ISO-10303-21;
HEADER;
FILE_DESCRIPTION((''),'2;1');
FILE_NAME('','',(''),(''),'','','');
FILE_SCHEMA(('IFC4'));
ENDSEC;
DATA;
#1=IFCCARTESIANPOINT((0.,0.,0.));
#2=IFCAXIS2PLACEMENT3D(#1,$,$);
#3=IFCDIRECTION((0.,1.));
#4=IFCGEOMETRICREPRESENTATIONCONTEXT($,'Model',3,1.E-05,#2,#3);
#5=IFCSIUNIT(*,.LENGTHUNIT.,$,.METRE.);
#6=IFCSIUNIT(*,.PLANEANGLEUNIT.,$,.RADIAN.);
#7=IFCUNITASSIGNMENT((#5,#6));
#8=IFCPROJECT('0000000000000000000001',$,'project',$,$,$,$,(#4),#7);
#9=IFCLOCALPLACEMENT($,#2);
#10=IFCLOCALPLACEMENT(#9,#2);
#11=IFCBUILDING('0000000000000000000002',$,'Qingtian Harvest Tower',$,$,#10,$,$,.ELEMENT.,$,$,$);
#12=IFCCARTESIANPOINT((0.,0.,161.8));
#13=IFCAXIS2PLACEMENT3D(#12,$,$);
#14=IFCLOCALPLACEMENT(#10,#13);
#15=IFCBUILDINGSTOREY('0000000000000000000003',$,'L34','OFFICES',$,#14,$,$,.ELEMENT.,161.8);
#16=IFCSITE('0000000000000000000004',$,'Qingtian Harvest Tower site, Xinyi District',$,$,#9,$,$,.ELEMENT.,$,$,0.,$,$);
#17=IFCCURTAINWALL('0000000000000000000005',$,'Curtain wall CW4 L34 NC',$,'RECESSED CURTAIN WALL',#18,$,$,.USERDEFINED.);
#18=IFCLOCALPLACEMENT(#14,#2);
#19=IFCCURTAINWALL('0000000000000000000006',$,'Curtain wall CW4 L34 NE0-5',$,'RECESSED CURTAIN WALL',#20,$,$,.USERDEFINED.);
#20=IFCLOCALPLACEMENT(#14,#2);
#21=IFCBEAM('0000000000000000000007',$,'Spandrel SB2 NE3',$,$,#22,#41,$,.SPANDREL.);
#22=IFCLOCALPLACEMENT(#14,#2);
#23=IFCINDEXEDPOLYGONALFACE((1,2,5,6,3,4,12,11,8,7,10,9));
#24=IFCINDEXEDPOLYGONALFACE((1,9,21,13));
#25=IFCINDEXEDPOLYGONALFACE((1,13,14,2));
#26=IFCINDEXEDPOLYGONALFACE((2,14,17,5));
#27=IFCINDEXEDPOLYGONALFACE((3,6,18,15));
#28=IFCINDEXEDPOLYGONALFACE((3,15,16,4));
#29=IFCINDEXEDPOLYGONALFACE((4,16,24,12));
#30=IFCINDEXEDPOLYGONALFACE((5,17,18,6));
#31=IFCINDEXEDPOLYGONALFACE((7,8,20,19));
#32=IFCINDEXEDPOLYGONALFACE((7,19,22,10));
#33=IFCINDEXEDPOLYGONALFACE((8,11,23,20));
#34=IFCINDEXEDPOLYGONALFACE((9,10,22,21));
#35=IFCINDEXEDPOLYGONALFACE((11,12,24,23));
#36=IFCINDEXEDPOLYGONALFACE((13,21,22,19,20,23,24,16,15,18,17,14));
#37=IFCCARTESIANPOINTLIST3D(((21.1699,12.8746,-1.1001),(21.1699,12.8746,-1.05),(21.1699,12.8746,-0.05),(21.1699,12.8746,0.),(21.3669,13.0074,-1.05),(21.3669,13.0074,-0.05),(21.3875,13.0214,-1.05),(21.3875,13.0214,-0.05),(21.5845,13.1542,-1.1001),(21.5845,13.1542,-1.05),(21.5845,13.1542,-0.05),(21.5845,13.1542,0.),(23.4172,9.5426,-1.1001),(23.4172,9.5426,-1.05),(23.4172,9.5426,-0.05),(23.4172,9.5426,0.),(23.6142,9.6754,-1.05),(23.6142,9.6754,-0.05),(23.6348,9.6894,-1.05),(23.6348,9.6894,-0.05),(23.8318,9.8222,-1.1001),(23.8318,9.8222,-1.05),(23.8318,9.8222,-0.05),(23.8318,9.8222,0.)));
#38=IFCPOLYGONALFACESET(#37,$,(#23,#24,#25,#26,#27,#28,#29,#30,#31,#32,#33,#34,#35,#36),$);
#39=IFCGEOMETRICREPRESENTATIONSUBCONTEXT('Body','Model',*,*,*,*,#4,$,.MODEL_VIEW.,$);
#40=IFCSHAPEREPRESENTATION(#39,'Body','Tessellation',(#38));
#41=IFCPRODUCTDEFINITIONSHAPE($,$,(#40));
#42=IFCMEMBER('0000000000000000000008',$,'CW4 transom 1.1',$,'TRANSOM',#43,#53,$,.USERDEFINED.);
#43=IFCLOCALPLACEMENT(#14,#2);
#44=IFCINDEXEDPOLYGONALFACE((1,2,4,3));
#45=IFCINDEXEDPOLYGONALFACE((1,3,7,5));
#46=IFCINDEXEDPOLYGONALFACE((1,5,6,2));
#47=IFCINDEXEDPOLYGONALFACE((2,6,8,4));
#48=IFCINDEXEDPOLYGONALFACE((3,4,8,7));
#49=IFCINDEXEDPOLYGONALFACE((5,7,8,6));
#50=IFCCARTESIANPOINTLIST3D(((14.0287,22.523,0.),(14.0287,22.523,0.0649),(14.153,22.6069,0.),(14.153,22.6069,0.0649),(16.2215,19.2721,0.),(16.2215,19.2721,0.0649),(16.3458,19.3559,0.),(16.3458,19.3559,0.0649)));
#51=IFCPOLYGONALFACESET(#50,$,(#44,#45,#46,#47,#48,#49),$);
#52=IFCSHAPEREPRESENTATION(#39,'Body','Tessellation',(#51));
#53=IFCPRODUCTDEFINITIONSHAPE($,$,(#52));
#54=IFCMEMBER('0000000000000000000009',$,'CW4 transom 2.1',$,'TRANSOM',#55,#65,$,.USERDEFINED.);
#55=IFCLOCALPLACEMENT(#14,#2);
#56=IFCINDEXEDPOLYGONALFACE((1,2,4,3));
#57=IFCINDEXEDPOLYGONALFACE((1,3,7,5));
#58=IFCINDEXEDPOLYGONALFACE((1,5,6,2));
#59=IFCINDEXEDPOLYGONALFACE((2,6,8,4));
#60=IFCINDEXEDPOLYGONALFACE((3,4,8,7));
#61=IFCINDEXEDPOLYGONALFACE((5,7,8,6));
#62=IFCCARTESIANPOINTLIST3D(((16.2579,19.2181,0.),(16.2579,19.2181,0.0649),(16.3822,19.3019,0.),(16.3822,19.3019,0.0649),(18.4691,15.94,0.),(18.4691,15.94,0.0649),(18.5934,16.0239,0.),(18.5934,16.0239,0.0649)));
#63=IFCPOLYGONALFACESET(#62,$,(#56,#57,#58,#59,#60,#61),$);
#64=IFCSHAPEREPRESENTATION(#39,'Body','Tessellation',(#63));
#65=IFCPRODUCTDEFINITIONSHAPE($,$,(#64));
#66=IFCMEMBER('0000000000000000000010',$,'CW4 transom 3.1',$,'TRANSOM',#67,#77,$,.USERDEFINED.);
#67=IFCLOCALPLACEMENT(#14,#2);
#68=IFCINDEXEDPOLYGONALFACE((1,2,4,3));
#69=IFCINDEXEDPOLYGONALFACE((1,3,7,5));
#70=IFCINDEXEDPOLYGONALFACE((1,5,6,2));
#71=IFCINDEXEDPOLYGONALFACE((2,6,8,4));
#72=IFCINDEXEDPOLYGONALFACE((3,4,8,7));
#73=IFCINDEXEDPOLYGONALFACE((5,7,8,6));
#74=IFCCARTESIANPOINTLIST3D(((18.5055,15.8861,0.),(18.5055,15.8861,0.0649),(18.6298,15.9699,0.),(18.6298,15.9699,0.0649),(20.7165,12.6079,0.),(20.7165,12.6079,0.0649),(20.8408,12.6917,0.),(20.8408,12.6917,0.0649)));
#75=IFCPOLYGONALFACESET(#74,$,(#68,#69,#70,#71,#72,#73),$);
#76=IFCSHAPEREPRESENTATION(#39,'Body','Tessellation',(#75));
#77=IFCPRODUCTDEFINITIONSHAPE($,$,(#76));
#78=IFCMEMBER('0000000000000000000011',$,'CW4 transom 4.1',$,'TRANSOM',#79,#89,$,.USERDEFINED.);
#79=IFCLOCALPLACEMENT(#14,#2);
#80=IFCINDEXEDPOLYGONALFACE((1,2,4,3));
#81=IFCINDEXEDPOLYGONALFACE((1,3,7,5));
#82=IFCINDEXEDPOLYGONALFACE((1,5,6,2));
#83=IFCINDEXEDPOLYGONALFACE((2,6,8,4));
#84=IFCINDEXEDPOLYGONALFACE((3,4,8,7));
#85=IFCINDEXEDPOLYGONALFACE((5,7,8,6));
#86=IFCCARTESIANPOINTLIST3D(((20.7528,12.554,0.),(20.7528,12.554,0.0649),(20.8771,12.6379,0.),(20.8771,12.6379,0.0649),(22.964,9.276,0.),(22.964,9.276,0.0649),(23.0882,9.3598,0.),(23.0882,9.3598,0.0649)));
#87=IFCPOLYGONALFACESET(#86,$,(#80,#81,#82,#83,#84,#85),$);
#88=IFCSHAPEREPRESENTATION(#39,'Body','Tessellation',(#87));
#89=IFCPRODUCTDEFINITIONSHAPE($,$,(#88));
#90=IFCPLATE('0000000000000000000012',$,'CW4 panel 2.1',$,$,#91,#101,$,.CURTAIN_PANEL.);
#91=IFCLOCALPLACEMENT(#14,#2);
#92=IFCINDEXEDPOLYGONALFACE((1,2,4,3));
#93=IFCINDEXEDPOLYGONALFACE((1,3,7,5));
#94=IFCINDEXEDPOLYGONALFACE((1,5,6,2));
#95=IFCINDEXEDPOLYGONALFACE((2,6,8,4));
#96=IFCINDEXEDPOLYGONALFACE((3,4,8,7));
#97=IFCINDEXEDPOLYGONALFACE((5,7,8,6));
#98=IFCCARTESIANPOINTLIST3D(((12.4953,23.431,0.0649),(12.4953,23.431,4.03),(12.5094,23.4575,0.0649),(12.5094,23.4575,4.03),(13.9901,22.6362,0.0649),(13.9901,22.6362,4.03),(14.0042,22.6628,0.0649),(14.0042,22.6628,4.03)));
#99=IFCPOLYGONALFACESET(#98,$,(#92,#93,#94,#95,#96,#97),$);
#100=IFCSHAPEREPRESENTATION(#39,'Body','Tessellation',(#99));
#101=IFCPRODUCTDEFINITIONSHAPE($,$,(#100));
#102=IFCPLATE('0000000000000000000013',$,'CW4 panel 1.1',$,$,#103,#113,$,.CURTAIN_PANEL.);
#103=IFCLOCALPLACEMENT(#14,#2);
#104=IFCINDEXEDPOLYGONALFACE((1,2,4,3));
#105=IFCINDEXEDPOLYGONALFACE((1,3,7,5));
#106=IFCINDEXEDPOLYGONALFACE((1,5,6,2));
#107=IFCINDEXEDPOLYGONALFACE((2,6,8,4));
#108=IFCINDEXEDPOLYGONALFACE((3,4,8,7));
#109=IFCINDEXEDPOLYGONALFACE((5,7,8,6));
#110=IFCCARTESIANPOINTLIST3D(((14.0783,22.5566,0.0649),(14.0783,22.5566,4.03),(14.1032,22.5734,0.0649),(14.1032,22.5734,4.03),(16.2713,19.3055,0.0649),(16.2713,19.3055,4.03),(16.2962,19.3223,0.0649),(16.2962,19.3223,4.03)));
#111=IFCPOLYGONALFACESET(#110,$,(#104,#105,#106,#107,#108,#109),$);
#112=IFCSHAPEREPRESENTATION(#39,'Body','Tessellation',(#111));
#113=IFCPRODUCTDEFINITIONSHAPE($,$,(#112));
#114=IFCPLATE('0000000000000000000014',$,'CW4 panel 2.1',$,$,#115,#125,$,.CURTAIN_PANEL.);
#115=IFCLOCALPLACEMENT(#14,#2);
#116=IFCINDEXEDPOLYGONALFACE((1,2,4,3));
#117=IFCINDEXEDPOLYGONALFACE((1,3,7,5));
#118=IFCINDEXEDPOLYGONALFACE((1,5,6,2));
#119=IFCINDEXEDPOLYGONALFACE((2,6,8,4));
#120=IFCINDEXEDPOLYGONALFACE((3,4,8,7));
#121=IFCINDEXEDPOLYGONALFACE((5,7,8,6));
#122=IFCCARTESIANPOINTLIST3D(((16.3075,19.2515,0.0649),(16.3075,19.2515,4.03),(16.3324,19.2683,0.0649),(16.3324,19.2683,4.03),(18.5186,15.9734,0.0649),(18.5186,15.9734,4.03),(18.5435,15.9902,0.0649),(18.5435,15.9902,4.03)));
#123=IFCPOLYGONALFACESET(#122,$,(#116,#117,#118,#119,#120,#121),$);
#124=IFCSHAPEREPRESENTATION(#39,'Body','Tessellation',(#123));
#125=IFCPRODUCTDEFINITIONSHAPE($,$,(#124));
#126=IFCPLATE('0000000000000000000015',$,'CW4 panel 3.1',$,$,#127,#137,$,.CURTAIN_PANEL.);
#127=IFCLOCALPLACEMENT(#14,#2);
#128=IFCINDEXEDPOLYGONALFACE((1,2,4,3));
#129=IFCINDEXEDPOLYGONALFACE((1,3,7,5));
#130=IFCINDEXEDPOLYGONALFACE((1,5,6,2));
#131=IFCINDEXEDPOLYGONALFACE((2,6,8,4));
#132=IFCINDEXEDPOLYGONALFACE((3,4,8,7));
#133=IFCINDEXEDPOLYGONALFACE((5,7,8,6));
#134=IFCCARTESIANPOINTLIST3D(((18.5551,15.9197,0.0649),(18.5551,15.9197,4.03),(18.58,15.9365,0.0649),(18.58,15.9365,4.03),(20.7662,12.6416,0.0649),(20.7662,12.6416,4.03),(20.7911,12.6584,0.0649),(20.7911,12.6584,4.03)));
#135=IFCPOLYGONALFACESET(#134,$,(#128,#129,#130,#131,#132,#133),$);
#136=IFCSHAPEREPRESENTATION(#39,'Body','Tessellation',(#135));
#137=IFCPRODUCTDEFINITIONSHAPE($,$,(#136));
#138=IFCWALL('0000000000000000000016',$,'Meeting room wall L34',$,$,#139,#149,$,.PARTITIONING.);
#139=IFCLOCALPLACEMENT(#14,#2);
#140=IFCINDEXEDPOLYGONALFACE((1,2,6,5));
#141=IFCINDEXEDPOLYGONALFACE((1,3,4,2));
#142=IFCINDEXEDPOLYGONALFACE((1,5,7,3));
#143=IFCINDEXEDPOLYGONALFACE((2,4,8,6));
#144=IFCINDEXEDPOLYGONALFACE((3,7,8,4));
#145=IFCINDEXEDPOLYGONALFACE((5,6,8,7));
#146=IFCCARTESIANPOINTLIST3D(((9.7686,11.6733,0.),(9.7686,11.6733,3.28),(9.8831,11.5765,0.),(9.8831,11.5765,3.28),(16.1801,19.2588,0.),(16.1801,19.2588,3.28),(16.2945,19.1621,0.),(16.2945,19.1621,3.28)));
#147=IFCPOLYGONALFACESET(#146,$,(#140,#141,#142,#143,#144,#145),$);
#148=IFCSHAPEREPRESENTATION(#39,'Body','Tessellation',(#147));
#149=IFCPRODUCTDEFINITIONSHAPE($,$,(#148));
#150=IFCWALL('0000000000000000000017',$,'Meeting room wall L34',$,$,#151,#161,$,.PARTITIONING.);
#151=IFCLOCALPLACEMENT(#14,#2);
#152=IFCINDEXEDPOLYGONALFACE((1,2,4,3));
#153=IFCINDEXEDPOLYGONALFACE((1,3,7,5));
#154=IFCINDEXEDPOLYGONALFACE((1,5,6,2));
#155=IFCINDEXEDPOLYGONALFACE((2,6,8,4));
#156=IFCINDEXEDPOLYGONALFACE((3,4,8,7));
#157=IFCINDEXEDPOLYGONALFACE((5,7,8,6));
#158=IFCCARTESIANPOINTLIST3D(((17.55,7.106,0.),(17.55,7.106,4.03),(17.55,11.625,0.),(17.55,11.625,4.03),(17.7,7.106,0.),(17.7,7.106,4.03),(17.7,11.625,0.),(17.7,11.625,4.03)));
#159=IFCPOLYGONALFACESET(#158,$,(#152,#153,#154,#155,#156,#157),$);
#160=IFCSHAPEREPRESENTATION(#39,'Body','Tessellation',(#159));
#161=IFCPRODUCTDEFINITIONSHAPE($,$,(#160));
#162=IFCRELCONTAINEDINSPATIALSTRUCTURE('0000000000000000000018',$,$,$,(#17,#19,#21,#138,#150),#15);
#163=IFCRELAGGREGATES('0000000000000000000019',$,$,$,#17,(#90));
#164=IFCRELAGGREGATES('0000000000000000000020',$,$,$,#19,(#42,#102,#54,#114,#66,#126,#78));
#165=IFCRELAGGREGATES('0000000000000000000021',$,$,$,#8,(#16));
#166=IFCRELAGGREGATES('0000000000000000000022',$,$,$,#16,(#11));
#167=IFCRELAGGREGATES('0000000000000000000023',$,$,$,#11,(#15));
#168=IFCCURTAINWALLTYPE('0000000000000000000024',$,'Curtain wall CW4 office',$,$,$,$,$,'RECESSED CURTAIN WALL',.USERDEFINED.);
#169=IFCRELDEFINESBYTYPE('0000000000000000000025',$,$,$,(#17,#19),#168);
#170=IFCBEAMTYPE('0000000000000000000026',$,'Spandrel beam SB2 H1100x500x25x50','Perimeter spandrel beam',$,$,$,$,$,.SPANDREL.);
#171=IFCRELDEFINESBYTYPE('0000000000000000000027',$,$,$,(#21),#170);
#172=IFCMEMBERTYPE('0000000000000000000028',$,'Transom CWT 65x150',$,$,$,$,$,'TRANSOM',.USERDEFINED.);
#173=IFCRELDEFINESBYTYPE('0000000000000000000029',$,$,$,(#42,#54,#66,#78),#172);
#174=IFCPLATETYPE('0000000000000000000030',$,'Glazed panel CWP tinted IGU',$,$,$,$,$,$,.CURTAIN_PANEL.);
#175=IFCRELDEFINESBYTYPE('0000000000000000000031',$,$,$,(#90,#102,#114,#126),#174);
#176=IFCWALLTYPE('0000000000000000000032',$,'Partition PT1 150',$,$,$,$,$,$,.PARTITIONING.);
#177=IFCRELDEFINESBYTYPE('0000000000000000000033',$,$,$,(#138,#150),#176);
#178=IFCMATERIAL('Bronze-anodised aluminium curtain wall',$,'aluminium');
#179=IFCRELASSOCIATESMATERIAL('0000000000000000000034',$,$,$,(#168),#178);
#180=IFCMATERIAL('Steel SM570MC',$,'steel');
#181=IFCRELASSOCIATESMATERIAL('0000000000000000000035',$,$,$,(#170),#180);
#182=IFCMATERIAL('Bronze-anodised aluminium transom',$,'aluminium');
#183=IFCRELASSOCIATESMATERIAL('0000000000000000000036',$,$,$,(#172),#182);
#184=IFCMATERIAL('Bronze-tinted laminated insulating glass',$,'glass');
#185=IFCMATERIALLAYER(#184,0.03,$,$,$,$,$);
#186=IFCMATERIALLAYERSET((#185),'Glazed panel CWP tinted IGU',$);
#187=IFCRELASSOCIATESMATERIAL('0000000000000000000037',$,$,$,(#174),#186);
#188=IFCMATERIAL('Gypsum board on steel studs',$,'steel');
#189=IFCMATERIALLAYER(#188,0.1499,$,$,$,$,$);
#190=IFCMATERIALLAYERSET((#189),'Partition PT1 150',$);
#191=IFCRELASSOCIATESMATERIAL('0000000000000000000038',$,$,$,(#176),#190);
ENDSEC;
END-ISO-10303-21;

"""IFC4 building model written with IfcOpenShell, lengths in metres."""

from ifc_helpers import new_model, si_unit, direction, frame, frame_2d, origin, origin_2d, place, context, subcontext, project, spatial, rectangle, i_section, extrude, material, layer, layer_set, material_profile, profile_set, type_object, element, aggregate, save


model = new_model("IFC4")

# Units and contexts
model_context = context("Model", 3, precision=1e-05, world=origin(), true_north=direction((0.0, 1.0)))
body_context = subcontext(model_context, "Body", "Model", "MODEL_VIEW")
ifc_project = project(units=[si_unit("LENGTHUNIT", "METRE"), si_unit("PLANEANGLEUNIT", "RADIAN")], contexts=[model_context])

# Site, building, storey
site_placement = place(None, origin())
site = spatial("IfcSite", under=ifc_project, at=site_placement, Name="Qingtian Harvest Tower site, Xinyi District", CompositionType="ELEMENT", RefElevation=0.0)
building_placement = place(site_placement, origin())
building = spatial("IfcBuilding", under=site, at=building_placement, Name="Qingtian Harvest Tower", CompositionType="ELEMENT")
storey_placement = place(building_placement, frame((0.0, 0.0, 161.8)))
storey = spatial("IfcBuildingStorey", under=building, at=storey_placement, Name="L34", Description="OFFICES", CompositionType="ELEMENT", Elevation=161.8)

# Curtain wall
ifc_material_1 = material(Name="Bronze-anodised aluminium curtain wall", Category="aluminium")
curtain_wall_type = type_object("IfcCurtainWallType", Name="Curtain wall CW4 office", ElementType="RECESSED CURTAIN WALL", PredefinedType="USERDEFINED", material=ifc_material_1)
curtain_wall_1_placement = place(storey_placement, origin())
curtain_wall_1 = element("IfcCurtainWall", 1, at=curtain_wall_1_placement, inside=storey, type_object=curtain_wall_type, Name="Curtain wall CW4 L34 NC", ObjectType="RECESSED CURTAIN WALL", PredefinedType="USERDEFINED")

# Curtain wall
curtain_wall_2_placement = place(storey_placement, origin())
curtain_wall_2 = element("IfcCurtainWall", 2, at=curtain_wall_2_placement, inside=storey, type_object=curtain_wall_type, Name="Curtain wall CW4 L34 NE0-5", ObjectType="RECESSED CURTAIN WALL", PredefinedType="USERDEFINED")

# Beam
ifc_material_2 = material(Name="Steel SM570MC", Category="steel")
ifc_material_profile_1 = material_profile(ifc_material_2, i_section(OverallWidth=0.5, OverallDepth=1.1001, WebThickness=0.0249, FlangeThickness=0.05, at=origin_2d()), Name="H1100x500x25x50")
ifc_profile_set_1 = profile_set([ifc_material_profile_1], Name="Steel SM570MC")
beam_type_1 = type_object("IfcBeamType", Name="Spandrel beam SB2 H1100x500x25x50", Description="Perimeter spandrel beam", PredefinedType="SPANDREL", material=ifc_profile_set_1)
beam_1_placement = place(storey_placement, frame((21.3772, 13.0144, -0.55), z_axis=(0.559164, -0.829057, 0.0), x_axis=(0.829057, 0.559164, 0.0)))
element("IfcBeam", 3, at=beam_1_placement, inside=storey, type_object=beam_type_1, Name="Spandrel SB2 NE3", PredefinedType="SPANDREL", context=body_context, shape_type="SweptSolid", body=[
    extrude(i_section(OverallWidth=0.5, OverallDepth=1.1001, WebThickness=0.0249, FlangeThickness=0.05, at=origin_2d()), origin(), (0.0, 0.0, 1.0), 4.019),
])

# Members
ifc_material_3 = material(Name="Bronze-anodised aluminium transom", Category="aluminium")
ifc_material_profile_2 = material_profile(ifc_material_3, rectangle(XDim=0.1499, YDim=0.0649, at=origin_2d()), Name="AL 65x150")
ifc_profile_set_2 = profile_set([ifc_material_profile_2], Name="Bronze-anodised aluminium transom")
member_type_1 = type_object("IfcMemberType", Name="Transom CWT 65x150", ElementType="TRANSOM", PredefinedType="USERDEFINED", material=ifc_profile_set_2)
member_1_placement = place(storey_placement, frame((14.0908, 22.5649, 0.0325), z_axis=(0.559203, -0.829031, 0.0), x_axis=(0.829031, 0.559203, 0.0)))
member_1 = element("IfcMember", 4, at=member_1_placement, type_object=member_type_1, Name="CW4 transom 1.1", ObjectType="TRANSOM", PredefinedType="USERDEFINED", context=body_context, shape_type="SweptSolid", body=[
    extrude(rectangle(XDim=0.1499, YDim=0.0649, at=origin_2d()), origin(), (0.0, 0.0, 1.0), 3.9214),
])
member_2_placement = place(storey_placement, frame((16.3201, 19.26, 0.0325), z_axis=(0.559209, -0.829027, 0.0), x_axis=(0.829027, 0.559209, 0.0)))
member_2 = element("IfcMember", 5, at=member_2_placement, type_object=member_type_1, Name="CW4 transom 2.1", ObjectType="TRANSOM", PredefinedType="USERDEFINED", context=body_context, shape_type="SweptSolid", body=[
    extrude(rectangle(XDim=0.1499, YDim=0.0649, at=origin_2d()), origin(), (0.0, 0.0, 1.0), 3.9541),
])
member_3_placement = place(storey_placement, frame((18.5676, 15.928, 0.0325), z_axis=(0.559166, -0.829055, 0.0), x_axis=(0.829055, 0.559166, 0.0)))
member_3 = element("IfcMember", 6, at=member_3_placement, type_object=member_type_1, Name="CW4 transom 3.1", ObjectType="TRANSOM", PredefinedType="USERDEFINED", context=body_context, shape_type="SweptSolid", body=[
    extrude(rectangle(XDim=0.1499, YDim=0.0649, at=origin_2d()), origin(), (0.0, 0.0, 1.0), 3.9541),
])
member_4_placement = place(storey_placement, frame((20.8149, 12.5959, 0.0325), z_axis=(0.559209, -0.829027, 0.0), x_axis=(0.829027, 0.559209, 0.0)))
member_4 = element("IfcMember", 7, at=member_4_placement, type_object=member_type_1, Name="CW4 transom 4.1", ObjectType="TRANSOM", PredefinedType="USERDEFINED", context=body_context, shape_type="SweptSolid", body=[
    extrude(rectangle(XDim=0.1499, YDim=0.0649, at=origin_2d()), origin(), (0.0, 0.0, 1.0), 3.9541),
])

# Plates
ifc_material_4 = material(Name="Bronze-tinted laminated insulating glass", Category="glass")
ifc_layer_1 = layer(ifc_material_4, 0.03)
ifc_layer_set_1 = layer_set([ifc_layer_1], Name="Glazed panel CWP tinted IGU")
plate_type = type_object("IfcPlateType", Name="Glazed panel CWP tinted IGU", PredefinedType="CURTAIN_PANEL", material=ifc_layer_set_1)
plate_1_placement = place(storey_placement, frame((13.2498, 23.0469, 0.0649), z_axis=(0.0, 0.0, 1.0), x_axis=(0.882948, -0.469472, 0.0)))
plate_1 = element("IfcPlate", 8, at=plate_1_placement, type_object=plate_type, Name="CW4 panel 2.1", PredefinedType="CURTAIN_PANEL", context=body_context, shape_type="SweptSolid", body=[
    extrude(rectangle(XDim=1.6929, YDim=0.03, at=origin_2d()), origin(), (0.0, 0.0, 1.0), 3.9651),
])
aggregate(curtain_wall_1, [plate_1])
plate_2_placement = place(storey_placement, frame((15.1873, 20.9395, 0.0649), z_axis=(0.0, 0.0, 1.0), x_axis=(0.559193, -0.829038, 0.0)))
plate_2 = element("IfcPlate", 9, at=plate_2_placement, type_object=plate_type, Name="CW4 panel 1.1", PredefinedType="CURTAIN_PANEL", context=body_context, shape_type="SweptSolid", body=[
    extrude(rectangle(XDim=3.9216, YDim=0.03, at=origin_2d()), origin(), (0.0, 0.0, 1.0), 3.9651),
])
plate_3_placement = place(storey_placement, frame((17.4255, 17.6208, 0.0649), z_axis=(0.0, 0.0, 1.0), x_axis=(0.559193, -0.829038, 0.0)))
plate_3 = element("IfcPlate", 10, at=plate_3_placement, type_object=plate_type, Name="CW4 panel 2.1", PredefinedType="CURTAIN_PANEL", context=body_context, shape_type="SweptSolid", body=[
    extrude(rectangle(XDim=3.9541, YDim=0.03, at=origin_2d()), origin(), (0.0, 0.0, 1.0), 3.9651),
])
plate_4_placement = place(storey_placement, frame((19.6731, 14.2891, 0.0649), z_axis=(0.0, 0.0, 1.0), x_axis=(0.559193, -0.829038, 0.0)))
plate_4 = element("IfcPlate", 11, at=plate_4_placement, type_object=plate_type, Name="CW4 panel 3.1", PredefinedType="CURTAIN_PANEL", context=body_context, shape_type="SweptSolid", body=[
    extrude(rectangle(XDim=3.9541, YDim=0.03, at=origin_2d()), origin(), (0.0, 0.0, 1.0), 3.9651),
])
aggregate(curtain_wall_2, [member_1, plate_2, member_2, plate_3, member_3, plate_4, member_4])

# Walls
ifc_material_5 = material(Name="Gypsum board on steel studs", Category="steel")
ifc_layer_2 = layer(ifc_material_5, 0.1499)
ifc_layer_set_2 = layer_set([ifc_layer_2], Name="Partition PT1 150")
wall_type = type_object("IfcWallType", Name="Partition PT1 150", PredefinedType="PARTITIONING", material=ifc_layer_set_2)
wall_1_placement = place(storey_placement, frame((16.2373, 19.2104, 0.0), z_axis=(0.0, 0.0, 1.0), x_axis=(-0.645527, -0.763738, 0.0)))
element("IfcWall", 12, at=wall_1_placement, inside=storey, type_object=wall_type, Name="Meeting room wall L34", PredefinedType="PARTITIONING", context=body_context, shape_type="SweptSolid", body=[
    extrude(rectangle(XDim=9.9321, YDim=0.1499, at=frame_2d((4.9661, 0.0))), origin(), (0.0, 0.0, 1.0), 3.28),
])
wall_2_placement = place(storey_placement, frame((17.625, 11.625, 0.0), z_axis=(0.0, 0.0, 1.0), x_axis=(0.0, -1.0, 0.0)))
element("IfcWall", 13, at=wall_2_placement, inside=storey, type_object=wall_type, Name="Meeting room wall L34", PredefinedType="PARTITIONING", context=body_context, shape_type="SweptSolid", body=[
    extrude(rectangle(XDim=4.519, YDim=0.1499, at=frame_2d((2.2595, 0.0))), origin(), (0.0, 0.0, 1.0), 4.03),
])

save(model, "model.ifc")
